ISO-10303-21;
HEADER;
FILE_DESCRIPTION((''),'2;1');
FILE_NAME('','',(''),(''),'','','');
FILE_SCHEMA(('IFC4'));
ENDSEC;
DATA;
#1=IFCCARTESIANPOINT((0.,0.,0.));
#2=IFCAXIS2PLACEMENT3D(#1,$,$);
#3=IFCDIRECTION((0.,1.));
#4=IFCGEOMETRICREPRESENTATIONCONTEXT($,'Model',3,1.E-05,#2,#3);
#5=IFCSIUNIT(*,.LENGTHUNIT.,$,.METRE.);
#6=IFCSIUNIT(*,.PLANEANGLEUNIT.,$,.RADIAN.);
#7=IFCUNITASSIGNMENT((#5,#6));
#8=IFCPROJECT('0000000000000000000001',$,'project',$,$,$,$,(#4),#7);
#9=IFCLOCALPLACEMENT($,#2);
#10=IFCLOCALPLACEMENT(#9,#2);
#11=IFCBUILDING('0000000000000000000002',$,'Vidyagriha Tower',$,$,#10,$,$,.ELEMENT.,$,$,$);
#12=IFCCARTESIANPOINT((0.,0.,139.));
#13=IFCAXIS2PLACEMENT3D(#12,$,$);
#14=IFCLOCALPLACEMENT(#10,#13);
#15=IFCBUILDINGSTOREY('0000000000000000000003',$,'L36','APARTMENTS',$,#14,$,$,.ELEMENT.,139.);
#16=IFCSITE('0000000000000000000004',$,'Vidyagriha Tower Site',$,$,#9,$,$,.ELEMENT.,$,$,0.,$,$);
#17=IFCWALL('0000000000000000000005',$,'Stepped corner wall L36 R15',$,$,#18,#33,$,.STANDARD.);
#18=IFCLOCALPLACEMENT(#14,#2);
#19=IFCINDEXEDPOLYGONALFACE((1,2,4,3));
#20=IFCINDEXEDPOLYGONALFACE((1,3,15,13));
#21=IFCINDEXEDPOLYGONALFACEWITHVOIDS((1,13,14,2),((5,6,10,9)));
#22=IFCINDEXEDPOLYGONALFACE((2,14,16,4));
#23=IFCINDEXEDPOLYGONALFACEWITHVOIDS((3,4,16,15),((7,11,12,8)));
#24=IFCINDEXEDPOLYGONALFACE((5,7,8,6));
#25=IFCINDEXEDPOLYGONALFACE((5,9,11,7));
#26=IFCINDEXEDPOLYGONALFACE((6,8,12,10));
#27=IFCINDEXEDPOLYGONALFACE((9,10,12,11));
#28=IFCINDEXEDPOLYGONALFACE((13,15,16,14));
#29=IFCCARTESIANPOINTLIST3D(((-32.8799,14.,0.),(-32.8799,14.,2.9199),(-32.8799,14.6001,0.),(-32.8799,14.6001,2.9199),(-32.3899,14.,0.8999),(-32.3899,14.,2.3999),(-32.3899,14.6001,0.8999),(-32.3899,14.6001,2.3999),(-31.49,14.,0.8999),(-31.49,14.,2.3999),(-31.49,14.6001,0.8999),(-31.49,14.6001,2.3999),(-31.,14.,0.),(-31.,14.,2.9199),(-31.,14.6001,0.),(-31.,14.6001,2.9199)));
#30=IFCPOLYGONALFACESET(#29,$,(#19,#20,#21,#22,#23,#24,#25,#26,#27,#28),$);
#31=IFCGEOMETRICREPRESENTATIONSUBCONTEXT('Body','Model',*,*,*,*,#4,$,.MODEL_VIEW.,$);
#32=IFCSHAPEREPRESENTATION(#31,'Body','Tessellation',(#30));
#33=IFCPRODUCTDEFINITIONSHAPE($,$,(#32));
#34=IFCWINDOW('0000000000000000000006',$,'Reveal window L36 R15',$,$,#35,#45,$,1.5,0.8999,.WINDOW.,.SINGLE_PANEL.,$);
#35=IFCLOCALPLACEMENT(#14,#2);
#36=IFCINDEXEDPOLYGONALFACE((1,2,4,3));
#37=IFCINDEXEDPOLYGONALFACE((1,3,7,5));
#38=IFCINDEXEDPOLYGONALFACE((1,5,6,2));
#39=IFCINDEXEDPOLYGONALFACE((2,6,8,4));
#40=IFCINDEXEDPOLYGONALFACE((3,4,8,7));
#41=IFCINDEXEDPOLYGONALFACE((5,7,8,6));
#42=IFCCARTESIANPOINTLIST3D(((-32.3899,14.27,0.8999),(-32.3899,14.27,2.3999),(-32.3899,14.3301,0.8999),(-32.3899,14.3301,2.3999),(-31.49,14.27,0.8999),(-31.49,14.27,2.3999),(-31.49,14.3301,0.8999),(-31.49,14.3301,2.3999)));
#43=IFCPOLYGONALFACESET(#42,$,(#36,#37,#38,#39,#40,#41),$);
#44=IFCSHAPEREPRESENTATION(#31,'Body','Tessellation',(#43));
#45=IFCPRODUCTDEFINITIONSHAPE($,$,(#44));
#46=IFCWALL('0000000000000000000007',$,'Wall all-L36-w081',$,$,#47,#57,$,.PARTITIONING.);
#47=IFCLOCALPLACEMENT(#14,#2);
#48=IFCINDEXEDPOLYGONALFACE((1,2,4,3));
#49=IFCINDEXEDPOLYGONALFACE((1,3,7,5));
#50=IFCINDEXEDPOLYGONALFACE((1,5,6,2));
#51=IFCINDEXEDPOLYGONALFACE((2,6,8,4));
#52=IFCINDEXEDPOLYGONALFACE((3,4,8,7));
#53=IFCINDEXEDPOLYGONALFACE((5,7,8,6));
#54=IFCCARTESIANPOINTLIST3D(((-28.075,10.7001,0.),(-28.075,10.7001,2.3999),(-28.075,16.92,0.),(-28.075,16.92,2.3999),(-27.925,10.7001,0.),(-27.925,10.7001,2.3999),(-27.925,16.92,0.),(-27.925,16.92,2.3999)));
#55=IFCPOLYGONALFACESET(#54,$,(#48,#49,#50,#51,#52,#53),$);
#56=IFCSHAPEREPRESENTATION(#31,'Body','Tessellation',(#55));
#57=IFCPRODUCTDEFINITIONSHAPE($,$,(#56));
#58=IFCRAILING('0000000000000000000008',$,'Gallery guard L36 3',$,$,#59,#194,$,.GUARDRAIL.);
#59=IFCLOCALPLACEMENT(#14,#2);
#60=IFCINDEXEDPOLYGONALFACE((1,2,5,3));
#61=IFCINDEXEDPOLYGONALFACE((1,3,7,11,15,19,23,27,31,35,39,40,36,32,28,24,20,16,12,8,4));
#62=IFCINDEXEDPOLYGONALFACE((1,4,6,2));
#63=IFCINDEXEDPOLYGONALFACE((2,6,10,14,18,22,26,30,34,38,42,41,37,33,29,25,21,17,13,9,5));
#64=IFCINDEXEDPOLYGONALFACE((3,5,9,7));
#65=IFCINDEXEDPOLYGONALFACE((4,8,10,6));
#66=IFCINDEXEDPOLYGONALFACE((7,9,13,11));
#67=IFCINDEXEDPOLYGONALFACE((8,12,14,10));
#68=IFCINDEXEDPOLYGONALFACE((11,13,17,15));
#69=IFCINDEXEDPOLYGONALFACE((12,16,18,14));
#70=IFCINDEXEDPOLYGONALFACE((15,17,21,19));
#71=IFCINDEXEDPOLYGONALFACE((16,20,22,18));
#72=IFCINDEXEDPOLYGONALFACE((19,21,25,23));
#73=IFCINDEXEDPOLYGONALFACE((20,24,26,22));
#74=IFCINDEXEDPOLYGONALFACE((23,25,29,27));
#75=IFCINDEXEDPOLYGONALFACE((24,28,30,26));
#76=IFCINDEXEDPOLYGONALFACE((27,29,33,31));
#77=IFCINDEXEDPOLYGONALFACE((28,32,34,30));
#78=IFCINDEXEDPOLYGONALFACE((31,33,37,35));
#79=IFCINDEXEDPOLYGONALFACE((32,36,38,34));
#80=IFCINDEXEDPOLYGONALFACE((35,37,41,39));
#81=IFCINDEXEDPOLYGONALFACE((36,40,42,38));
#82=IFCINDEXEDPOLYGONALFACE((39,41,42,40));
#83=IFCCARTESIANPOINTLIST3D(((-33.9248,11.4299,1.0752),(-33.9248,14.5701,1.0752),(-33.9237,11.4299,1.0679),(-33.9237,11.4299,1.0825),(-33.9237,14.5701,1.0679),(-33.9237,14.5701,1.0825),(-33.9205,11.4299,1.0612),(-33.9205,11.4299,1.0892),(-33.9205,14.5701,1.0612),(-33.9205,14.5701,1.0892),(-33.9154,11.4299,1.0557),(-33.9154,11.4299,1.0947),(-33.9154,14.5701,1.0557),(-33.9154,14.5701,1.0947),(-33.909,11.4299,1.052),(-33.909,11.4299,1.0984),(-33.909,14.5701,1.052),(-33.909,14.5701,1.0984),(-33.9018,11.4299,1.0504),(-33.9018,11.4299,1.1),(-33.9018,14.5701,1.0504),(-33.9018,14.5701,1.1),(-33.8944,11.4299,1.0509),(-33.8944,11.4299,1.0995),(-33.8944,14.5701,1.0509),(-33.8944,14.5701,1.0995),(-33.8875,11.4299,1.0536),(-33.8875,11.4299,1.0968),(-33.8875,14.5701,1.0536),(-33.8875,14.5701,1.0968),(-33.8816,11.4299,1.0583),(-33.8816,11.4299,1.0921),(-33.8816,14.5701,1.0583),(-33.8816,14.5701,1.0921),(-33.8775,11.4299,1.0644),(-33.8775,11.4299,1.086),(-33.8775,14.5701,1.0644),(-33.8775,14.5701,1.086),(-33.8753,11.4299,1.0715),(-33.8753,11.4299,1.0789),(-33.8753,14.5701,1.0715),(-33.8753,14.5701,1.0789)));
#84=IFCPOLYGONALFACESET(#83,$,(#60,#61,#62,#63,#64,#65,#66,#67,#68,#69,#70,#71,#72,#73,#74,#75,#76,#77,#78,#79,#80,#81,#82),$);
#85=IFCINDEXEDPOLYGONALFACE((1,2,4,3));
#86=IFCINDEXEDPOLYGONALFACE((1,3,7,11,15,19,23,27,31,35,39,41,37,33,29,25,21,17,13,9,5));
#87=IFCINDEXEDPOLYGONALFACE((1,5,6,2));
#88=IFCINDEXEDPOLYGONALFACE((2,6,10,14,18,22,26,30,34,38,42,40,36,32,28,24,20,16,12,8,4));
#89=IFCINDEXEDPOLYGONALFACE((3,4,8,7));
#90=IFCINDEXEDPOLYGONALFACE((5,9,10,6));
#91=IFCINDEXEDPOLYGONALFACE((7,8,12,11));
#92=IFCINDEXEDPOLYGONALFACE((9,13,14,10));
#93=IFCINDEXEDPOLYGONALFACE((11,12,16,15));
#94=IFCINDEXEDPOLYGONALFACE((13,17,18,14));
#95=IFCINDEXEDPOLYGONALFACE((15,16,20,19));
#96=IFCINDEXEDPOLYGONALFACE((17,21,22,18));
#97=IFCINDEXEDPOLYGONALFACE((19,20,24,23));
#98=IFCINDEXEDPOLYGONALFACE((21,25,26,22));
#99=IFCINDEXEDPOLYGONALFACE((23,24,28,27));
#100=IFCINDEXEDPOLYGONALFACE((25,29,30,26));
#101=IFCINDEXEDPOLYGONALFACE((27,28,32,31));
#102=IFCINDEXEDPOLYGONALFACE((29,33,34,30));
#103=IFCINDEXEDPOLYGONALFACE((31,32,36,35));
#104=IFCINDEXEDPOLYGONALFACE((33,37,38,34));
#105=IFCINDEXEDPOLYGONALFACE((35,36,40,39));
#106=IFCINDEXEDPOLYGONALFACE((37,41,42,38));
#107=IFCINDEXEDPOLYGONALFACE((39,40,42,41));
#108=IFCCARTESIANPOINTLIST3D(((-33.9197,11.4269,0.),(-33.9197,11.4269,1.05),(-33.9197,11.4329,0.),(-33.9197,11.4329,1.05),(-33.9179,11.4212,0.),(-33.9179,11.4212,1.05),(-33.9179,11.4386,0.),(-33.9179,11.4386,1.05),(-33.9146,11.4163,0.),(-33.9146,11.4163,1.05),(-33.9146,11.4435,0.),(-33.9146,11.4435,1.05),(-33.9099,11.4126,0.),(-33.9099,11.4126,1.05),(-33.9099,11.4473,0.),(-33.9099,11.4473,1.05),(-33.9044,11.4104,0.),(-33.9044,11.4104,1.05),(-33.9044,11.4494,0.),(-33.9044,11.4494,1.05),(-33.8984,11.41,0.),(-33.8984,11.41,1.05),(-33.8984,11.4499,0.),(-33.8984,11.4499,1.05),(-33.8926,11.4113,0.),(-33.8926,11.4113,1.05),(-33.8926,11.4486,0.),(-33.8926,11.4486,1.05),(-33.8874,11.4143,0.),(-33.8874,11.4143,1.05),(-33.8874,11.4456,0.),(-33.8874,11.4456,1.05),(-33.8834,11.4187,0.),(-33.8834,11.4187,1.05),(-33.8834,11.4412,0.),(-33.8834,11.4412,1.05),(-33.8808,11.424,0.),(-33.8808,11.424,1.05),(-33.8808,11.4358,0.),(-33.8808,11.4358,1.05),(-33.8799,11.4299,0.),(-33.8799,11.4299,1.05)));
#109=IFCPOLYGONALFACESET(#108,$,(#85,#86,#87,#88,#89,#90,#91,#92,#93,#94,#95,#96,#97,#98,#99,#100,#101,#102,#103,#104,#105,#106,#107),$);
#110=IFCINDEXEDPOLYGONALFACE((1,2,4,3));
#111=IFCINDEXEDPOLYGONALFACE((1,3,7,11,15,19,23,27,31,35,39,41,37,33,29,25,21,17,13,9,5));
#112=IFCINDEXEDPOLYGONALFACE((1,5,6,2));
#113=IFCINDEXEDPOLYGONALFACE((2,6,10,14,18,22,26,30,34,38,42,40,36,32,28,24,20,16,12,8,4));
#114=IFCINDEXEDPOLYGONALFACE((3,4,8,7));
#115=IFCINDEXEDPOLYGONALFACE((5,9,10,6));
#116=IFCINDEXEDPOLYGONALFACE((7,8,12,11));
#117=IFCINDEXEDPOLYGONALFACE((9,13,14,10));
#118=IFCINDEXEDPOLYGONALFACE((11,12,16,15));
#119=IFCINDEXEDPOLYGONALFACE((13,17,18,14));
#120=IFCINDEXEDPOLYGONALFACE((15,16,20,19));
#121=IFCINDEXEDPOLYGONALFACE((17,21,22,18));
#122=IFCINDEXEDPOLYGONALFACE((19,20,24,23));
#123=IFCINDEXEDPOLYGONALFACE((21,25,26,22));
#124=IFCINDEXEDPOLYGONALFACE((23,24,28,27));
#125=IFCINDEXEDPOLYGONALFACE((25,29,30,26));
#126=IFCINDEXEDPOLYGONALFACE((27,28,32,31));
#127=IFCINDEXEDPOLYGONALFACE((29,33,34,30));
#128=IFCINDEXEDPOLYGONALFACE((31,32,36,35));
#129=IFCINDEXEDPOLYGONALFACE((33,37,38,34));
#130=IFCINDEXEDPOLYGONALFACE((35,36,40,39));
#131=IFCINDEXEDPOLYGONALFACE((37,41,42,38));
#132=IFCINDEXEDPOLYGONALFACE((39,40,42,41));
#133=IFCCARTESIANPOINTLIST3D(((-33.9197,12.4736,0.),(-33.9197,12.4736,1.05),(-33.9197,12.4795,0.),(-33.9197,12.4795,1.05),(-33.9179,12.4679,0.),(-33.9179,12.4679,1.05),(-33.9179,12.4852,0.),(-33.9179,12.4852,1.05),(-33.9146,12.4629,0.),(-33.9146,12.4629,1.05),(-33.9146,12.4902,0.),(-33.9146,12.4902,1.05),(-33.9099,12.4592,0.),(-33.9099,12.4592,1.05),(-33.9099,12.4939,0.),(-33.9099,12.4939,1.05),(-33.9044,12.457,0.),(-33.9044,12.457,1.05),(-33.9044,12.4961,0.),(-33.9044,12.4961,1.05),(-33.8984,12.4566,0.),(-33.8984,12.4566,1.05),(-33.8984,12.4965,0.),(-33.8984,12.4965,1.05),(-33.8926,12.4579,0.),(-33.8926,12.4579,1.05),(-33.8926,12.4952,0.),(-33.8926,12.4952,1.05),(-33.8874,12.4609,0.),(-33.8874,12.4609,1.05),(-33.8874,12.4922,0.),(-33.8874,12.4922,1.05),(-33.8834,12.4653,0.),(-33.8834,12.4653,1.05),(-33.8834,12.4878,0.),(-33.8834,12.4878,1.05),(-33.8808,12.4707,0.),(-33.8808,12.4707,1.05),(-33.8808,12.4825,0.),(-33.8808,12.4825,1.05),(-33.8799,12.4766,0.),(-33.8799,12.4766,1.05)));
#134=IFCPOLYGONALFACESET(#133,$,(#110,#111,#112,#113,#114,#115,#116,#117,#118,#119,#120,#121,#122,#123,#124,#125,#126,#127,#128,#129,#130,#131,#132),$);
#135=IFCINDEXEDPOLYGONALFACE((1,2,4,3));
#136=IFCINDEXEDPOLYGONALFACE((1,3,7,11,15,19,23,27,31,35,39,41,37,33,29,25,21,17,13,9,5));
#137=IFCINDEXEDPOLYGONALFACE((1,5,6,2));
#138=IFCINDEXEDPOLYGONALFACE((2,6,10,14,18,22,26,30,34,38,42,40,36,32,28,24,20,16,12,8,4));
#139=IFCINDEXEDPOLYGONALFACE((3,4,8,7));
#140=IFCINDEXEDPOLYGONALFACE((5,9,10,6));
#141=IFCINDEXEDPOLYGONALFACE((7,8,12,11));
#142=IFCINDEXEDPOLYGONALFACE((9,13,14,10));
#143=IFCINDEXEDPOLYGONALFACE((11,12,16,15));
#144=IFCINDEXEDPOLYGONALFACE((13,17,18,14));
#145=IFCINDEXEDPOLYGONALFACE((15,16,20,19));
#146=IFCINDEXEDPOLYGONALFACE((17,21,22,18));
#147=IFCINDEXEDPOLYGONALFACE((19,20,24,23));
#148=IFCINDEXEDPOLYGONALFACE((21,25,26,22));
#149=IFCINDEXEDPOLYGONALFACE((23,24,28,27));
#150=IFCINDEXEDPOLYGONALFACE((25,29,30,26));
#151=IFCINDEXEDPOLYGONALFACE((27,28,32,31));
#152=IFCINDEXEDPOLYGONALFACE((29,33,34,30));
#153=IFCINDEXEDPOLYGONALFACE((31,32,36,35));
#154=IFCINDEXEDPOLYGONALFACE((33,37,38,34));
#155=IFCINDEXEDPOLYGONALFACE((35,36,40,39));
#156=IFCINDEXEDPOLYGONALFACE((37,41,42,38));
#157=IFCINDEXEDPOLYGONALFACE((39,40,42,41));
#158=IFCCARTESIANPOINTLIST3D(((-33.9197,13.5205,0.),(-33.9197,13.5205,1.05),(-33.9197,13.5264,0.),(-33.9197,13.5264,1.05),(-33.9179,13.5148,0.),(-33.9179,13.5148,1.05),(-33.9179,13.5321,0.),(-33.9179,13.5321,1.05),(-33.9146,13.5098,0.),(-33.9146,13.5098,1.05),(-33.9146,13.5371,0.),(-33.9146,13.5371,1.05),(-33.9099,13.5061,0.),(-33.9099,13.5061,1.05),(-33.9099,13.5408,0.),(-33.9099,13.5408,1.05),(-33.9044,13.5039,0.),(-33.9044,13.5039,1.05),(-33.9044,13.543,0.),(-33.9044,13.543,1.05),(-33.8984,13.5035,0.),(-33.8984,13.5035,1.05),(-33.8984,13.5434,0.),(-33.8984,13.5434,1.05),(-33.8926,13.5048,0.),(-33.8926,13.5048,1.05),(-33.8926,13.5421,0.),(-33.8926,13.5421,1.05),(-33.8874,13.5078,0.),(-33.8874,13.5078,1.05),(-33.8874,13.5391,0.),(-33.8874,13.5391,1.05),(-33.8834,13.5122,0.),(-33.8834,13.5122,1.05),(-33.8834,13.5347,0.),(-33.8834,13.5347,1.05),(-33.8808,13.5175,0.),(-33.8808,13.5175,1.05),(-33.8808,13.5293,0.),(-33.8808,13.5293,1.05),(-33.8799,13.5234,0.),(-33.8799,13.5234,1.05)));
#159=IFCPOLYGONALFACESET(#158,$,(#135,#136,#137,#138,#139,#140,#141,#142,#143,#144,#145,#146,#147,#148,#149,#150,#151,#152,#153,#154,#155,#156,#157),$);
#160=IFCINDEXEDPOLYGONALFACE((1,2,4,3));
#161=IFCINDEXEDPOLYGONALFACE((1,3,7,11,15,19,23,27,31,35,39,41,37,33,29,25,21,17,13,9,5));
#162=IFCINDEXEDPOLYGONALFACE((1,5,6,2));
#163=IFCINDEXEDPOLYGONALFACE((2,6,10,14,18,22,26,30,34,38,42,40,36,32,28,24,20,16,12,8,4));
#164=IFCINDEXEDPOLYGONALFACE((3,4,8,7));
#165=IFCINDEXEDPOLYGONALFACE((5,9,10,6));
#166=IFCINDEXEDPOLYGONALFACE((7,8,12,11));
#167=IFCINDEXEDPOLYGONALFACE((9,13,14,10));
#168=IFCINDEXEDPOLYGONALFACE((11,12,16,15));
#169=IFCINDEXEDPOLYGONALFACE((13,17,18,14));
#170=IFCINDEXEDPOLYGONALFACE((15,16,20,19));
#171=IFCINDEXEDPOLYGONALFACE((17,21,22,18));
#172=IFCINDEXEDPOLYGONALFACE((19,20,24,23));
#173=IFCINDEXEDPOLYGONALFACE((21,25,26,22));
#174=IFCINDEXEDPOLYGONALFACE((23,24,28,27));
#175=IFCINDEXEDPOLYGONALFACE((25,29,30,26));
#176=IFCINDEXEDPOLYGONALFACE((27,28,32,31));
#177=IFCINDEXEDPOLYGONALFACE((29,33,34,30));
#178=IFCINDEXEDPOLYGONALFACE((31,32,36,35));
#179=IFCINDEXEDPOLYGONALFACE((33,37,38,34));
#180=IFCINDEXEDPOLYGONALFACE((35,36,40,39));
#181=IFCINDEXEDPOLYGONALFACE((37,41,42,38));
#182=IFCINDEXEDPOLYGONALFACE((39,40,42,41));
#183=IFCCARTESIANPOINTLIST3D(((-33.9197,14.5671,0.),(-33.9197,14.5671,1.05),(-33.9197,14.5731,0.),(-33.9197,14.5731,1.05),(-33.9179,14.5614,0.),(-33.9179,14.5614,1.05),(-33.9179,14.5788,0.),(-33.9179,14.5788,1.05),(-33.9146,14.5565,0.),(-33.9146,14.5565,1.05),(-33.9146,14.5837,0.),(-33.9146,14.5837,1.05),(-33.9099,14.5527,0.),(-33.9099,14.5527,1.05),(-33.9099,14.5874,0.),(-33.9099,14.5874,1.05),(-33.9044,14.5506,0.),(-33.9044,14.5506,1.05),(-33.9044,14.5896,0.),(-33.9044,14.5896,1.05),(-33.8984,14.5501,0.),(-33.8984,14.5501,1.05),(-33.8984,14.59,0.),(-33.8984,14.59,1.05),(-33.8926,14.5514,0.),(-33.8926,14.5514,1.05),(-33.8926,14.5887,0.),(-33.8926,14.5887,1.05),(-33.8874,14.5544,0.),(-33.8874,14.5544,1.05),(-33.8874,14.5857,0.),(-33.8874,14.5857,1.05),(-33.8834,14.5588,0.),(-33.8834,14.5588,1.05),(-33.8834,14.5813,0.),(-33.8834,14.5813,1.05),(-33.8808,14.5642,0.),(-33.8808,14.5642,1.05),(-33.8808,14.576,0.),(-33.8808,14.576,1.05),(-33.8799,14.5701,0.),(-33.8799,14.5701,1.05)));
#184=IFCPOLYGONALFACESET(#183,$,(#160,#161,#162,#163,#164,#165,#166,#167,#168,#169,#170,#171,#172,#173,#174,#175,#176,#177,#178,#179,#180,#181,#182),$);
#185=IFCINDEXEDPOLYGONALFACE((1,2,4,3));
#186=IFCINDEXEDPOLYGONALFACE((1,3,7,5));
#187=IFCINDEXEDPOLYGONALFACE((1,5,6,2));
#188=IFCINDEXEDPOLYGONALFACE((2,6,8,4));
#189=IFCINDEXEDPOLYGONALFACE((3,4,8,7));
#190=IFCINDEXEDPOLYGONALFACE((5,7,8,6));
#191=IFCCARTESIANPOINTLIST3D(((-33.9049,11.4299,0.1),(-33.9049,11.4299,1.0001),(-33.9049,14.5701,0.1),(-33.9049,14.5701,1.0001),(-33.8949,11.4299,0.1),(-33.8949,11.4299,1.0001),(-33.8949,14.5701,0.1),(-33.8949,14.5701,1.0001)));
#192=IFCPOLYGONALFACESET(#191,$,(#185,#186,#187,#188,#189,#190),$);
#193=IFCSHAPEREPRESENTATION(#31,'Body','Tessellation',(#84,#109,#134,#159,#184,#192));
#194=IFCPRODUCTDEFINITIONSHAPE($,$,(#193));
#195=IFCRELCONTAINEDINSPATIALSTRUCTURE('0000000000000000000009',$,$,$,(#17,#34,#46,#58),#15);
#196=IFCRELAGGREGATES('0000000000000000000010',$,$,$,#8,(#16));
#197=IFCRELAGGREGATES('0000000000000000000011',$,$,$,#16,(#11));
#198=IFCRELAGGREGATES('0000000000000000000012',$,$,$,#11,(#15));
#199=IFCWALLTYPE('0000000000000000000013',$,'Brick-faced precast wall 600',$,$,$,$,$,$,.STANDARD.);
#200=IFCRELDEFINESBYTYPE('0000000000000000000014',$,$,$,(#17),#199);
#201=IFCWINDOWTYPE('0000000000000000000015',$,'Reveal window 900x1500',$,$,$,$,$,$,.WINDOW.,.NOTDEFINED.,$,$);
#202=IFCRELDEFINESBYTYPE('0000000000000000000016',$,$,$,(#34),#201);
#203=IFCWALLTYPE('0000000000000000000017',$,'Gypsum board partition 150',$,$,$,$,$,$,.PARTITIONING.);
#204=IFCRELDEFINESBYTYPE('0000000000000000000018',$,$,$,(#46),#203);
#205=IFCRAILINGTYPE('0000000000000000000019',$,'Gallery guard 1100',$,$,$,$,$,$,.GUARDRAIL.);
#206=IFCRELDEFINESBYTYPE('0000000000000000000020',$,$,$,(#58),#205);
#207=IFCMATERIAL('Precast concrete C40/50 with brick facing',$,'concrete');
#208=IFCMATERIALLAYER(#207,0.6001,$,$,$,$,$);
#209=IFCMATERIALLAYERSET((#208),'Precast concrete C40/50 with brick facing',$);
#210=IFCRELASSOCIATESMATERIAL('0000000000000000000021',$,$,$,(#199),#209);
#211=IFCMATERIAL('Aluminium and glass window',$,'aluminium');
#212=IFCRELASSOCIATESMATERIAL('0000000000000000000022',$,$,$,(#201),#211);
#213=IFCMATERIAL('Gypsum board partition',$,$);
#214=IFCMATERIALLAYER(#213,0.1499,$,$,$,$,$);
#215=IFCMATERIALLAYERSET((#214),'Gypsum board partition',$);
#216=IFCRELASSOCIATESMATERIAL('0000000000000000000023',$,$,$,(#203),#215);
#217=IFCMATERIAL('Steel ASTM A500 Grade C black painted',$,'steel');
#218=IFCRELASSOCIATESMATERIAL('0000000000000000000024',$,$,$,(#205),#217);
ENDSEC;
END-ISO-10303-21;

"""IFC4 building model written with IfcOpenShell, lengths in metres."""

from ifc_helpers import new_model, si_unit, direction, frame, frame_2d, origin, origin_2d, place, context, subcontext, project, spatial, rectangle, circle, extrude, material, layer, layer_set, type_object, element, fill, save


model = new_model("IFC4")

# Units and contexts
model_context = context("Model", 3, precision=1e-05, world=origin(), true_north=direction((0.0, 1.0)))
body_context = subcontext(model_context, "Body", "Model", "MODEL_VIEW")
ifc_project = project(units=[si_unit("LENGTHUNIT", "METRE"), si_unit("PLANEANGLEUNIT", "RADIAN")], contexts=[model_context])

# Site, building, storey
site_placement = place(None, origin())
site = spatial("IfcSite", under=ifc_project, at=site_placement, Name="Vidyagriha Tower Site", CompositionType="ELEMENT", RefElevation=0.0)
building_placement = place(site_placement, origin())
building = spatial("IfcBuilding", under=site, at=building_placement, Name="Vidyagriha Tower", CompositionType="ELEMENT")
storey_placement = place(building_placement, frame((0.0, 0.0, 139.0)))
storey = spatial("IfcBuildingStorey", under=building, at=storey_placement, Name="L36", Description="APARTMENTS", CompositionType="ELEMENT", Elevation=139.0)

# Shared definitions
ifc_material_1 = material(Name="Precast concrete C40/50 with brick facing", Category="concrete")
ifc_layer_1 = layer(ifc_material_1, 0.6001)
ifc_layer_set_1 = layer_set([ifc_layer_1], Name="Precast concrete C40/50 with brick facing")
wall_type_1 = type_object("IfcWallType", Name="Brick-faced precast wall 600", PredefinedType="STANDARD", material=ifc_layer_set_1)

# Shared definitions
ifc_material_2 = material(Name="Aluminium and glass window", Category="aluminium")
window_type = type_object("IfcWindowType", Name="Reveal window 900x1500", PartitioningType="NOTDEFINED", PredefinedType="WINDOW", material=ifc_material_2)

# Wall, opening, window
wall_1_placement = place(storey_placement, frame((-31.0, 14.3, 0.0), z_axis=(0.0, 0.0, 1.0), x_axis=(-1.0, 0.0, 0.0)))
wall_1 = element("IfcWall", 1, at=wall_1_placement, inside=storey, type_object=wall_type_1, Name="Stepped corner wall L36 R15", PredefinedType="STANDARD", context=body_context, shape_type="SweptSolid", body=[
    extrude(rectangle(XDim=1.8799, YDim=0.6001, at=frame_2d((0.9399, 0.0))), origin(), (0.0, 0.0, 1.0), 2.9199),
])
opening_1_placement = place(wall_1_placement, frame((0.49, 0.0, 0.8999)))
opening_1 = element("IfcOpeningElement", 2, at=opening_1_placement, cuts=wall_1, PredefinedType="OPENING", context=body_context, shape_type="SweptSolid", body=[
    extrude(rectangle(XDim=0.8999, YDim=1.5, at=frame_2d((0.45, 0.75))), frame((0.0, 0.3101, 0.0), z_axis=(0.0, -1.0, 0.0), x_axis=(1.0, 0.0, 0.0)), (0.0, 0.0, 1.0), 0.6201),
])
window_1_placement = place(opening_1_placement, origin())
window_1 = element("IfcWindow", 3, at=window_1_placement, inside=storey, type_object=window_type, Name="Reveal window L36 R15", OverallHeight=1.5, OverallWidth=0.8999, PartitioningType="SINGLE_PANEL", PredefinedType="WINDOW", context=body_context, shape_type="SweptSolid", body=[
    extrude(rectangle(XDim=0.8999, YDim=1.5, at=frame_2d((0.45, 0.75))), frame((0.0, 0.03, 0.0), z_axis=(0.0, -1.0, 0.0), x_axis=(1.0, 0.0, 0.0)), (0.0, 0.0, 1.0), 0.0601),
])
fill(opening_1, window_1)

# Wall
ifc_material_3 = material(Name="Gypsum board partition")
ifc_layer_2 = layer(ifc_material_3, 0.1499)
ifc_layer_set_2 = layer_set([ifc_layer_2], Name="Gypsum board partition")
wall_type_2 = type_object("IfcWallType", Name="Gypsum board partition 150", PredefinedType="PARTITIONING", material=ifc_layer_set_2)
wall_2_placement = place(storey_placement, frame((-28.0, 16.9199, 0.0), z_axis=(0.0, 0.0, 1.0), x_axis=(0.0, -1.0, 0.0)))
element("IfcWall", 4, at=wall_2_placement, inside=storey, type_object=wall_type_2, Name="Wall all-L36-w081", PredefinedType="PARTITIONING", context=body_context, shape_type="SweptSolid", body=[
    extrude(rectangle(XDim=6.22, YDim=0.1499, at=frame_2d((3.1099, 0.0))), origin(), (0.0, 0.0, 1.0), 2.3999),
])

# Railing
ifc_material_4 = material(Name="Steel ASTM A500 Grade C black painted", Category="steel")
railing_type = type_object("IfcRailingType", Name="Gallery guard 1100", PredefinedType="GUARDRAIL", material=ifc_material_4)
railing_1_placement = place(storey_placement, frame((-33.8999, 11.4299, 0.0)))
element("IfcRailing", 5, at=railing_1_placement, inside=storey, type_object=railing_type, Name="Gallery guard L36 3", PredefinedType="GUARDRAIL", context=body_context, shape_type="SweptSolid", body=[
    extrude(circle(Radius=0.0249, at=origin_2d()), frame((0.0, 0.0, 1.0752), z_axis=(0.0, 1.0, 0.0), x_axis=(-1.0, 0.0, 0.0)), (0.0, 0.0, 1.0), 3.1401),
    extrude(circle(Radius=0.02, at=origin_2d()), origin(), (0.0, 0.0, 1.0), 1.05),
    extrude(circle(Radius=0.02, at=origin_2d()), frame((0.0, 1.0466, 0.0)), (0.0, 0.0, 1.0), 1.05),
    extrude(circle(Radius=0.02, at=origin_2d()), frame((0.0, 2.0935, 0.0)), (0.0, 0.0, 1.0), 1.05),
    extrude(circle(Radius=0.02, at=origin_2d()), frame((0.0, 3.1401, 0.0)), (0.0, 0.0, 1.0), 1.05),
    extrude(rectangle(XDim=0.01, YDim=0.9001, at=origin_2d()), frame((0.0, 0.0, 0.55), z_axis=(0.0, 1.0, 0.0), x_axis=(-1.0, 0.0, 0.0)), (0.0, 0.0, 1.0), 3.1401),
])

save(model, "model.ifc")
